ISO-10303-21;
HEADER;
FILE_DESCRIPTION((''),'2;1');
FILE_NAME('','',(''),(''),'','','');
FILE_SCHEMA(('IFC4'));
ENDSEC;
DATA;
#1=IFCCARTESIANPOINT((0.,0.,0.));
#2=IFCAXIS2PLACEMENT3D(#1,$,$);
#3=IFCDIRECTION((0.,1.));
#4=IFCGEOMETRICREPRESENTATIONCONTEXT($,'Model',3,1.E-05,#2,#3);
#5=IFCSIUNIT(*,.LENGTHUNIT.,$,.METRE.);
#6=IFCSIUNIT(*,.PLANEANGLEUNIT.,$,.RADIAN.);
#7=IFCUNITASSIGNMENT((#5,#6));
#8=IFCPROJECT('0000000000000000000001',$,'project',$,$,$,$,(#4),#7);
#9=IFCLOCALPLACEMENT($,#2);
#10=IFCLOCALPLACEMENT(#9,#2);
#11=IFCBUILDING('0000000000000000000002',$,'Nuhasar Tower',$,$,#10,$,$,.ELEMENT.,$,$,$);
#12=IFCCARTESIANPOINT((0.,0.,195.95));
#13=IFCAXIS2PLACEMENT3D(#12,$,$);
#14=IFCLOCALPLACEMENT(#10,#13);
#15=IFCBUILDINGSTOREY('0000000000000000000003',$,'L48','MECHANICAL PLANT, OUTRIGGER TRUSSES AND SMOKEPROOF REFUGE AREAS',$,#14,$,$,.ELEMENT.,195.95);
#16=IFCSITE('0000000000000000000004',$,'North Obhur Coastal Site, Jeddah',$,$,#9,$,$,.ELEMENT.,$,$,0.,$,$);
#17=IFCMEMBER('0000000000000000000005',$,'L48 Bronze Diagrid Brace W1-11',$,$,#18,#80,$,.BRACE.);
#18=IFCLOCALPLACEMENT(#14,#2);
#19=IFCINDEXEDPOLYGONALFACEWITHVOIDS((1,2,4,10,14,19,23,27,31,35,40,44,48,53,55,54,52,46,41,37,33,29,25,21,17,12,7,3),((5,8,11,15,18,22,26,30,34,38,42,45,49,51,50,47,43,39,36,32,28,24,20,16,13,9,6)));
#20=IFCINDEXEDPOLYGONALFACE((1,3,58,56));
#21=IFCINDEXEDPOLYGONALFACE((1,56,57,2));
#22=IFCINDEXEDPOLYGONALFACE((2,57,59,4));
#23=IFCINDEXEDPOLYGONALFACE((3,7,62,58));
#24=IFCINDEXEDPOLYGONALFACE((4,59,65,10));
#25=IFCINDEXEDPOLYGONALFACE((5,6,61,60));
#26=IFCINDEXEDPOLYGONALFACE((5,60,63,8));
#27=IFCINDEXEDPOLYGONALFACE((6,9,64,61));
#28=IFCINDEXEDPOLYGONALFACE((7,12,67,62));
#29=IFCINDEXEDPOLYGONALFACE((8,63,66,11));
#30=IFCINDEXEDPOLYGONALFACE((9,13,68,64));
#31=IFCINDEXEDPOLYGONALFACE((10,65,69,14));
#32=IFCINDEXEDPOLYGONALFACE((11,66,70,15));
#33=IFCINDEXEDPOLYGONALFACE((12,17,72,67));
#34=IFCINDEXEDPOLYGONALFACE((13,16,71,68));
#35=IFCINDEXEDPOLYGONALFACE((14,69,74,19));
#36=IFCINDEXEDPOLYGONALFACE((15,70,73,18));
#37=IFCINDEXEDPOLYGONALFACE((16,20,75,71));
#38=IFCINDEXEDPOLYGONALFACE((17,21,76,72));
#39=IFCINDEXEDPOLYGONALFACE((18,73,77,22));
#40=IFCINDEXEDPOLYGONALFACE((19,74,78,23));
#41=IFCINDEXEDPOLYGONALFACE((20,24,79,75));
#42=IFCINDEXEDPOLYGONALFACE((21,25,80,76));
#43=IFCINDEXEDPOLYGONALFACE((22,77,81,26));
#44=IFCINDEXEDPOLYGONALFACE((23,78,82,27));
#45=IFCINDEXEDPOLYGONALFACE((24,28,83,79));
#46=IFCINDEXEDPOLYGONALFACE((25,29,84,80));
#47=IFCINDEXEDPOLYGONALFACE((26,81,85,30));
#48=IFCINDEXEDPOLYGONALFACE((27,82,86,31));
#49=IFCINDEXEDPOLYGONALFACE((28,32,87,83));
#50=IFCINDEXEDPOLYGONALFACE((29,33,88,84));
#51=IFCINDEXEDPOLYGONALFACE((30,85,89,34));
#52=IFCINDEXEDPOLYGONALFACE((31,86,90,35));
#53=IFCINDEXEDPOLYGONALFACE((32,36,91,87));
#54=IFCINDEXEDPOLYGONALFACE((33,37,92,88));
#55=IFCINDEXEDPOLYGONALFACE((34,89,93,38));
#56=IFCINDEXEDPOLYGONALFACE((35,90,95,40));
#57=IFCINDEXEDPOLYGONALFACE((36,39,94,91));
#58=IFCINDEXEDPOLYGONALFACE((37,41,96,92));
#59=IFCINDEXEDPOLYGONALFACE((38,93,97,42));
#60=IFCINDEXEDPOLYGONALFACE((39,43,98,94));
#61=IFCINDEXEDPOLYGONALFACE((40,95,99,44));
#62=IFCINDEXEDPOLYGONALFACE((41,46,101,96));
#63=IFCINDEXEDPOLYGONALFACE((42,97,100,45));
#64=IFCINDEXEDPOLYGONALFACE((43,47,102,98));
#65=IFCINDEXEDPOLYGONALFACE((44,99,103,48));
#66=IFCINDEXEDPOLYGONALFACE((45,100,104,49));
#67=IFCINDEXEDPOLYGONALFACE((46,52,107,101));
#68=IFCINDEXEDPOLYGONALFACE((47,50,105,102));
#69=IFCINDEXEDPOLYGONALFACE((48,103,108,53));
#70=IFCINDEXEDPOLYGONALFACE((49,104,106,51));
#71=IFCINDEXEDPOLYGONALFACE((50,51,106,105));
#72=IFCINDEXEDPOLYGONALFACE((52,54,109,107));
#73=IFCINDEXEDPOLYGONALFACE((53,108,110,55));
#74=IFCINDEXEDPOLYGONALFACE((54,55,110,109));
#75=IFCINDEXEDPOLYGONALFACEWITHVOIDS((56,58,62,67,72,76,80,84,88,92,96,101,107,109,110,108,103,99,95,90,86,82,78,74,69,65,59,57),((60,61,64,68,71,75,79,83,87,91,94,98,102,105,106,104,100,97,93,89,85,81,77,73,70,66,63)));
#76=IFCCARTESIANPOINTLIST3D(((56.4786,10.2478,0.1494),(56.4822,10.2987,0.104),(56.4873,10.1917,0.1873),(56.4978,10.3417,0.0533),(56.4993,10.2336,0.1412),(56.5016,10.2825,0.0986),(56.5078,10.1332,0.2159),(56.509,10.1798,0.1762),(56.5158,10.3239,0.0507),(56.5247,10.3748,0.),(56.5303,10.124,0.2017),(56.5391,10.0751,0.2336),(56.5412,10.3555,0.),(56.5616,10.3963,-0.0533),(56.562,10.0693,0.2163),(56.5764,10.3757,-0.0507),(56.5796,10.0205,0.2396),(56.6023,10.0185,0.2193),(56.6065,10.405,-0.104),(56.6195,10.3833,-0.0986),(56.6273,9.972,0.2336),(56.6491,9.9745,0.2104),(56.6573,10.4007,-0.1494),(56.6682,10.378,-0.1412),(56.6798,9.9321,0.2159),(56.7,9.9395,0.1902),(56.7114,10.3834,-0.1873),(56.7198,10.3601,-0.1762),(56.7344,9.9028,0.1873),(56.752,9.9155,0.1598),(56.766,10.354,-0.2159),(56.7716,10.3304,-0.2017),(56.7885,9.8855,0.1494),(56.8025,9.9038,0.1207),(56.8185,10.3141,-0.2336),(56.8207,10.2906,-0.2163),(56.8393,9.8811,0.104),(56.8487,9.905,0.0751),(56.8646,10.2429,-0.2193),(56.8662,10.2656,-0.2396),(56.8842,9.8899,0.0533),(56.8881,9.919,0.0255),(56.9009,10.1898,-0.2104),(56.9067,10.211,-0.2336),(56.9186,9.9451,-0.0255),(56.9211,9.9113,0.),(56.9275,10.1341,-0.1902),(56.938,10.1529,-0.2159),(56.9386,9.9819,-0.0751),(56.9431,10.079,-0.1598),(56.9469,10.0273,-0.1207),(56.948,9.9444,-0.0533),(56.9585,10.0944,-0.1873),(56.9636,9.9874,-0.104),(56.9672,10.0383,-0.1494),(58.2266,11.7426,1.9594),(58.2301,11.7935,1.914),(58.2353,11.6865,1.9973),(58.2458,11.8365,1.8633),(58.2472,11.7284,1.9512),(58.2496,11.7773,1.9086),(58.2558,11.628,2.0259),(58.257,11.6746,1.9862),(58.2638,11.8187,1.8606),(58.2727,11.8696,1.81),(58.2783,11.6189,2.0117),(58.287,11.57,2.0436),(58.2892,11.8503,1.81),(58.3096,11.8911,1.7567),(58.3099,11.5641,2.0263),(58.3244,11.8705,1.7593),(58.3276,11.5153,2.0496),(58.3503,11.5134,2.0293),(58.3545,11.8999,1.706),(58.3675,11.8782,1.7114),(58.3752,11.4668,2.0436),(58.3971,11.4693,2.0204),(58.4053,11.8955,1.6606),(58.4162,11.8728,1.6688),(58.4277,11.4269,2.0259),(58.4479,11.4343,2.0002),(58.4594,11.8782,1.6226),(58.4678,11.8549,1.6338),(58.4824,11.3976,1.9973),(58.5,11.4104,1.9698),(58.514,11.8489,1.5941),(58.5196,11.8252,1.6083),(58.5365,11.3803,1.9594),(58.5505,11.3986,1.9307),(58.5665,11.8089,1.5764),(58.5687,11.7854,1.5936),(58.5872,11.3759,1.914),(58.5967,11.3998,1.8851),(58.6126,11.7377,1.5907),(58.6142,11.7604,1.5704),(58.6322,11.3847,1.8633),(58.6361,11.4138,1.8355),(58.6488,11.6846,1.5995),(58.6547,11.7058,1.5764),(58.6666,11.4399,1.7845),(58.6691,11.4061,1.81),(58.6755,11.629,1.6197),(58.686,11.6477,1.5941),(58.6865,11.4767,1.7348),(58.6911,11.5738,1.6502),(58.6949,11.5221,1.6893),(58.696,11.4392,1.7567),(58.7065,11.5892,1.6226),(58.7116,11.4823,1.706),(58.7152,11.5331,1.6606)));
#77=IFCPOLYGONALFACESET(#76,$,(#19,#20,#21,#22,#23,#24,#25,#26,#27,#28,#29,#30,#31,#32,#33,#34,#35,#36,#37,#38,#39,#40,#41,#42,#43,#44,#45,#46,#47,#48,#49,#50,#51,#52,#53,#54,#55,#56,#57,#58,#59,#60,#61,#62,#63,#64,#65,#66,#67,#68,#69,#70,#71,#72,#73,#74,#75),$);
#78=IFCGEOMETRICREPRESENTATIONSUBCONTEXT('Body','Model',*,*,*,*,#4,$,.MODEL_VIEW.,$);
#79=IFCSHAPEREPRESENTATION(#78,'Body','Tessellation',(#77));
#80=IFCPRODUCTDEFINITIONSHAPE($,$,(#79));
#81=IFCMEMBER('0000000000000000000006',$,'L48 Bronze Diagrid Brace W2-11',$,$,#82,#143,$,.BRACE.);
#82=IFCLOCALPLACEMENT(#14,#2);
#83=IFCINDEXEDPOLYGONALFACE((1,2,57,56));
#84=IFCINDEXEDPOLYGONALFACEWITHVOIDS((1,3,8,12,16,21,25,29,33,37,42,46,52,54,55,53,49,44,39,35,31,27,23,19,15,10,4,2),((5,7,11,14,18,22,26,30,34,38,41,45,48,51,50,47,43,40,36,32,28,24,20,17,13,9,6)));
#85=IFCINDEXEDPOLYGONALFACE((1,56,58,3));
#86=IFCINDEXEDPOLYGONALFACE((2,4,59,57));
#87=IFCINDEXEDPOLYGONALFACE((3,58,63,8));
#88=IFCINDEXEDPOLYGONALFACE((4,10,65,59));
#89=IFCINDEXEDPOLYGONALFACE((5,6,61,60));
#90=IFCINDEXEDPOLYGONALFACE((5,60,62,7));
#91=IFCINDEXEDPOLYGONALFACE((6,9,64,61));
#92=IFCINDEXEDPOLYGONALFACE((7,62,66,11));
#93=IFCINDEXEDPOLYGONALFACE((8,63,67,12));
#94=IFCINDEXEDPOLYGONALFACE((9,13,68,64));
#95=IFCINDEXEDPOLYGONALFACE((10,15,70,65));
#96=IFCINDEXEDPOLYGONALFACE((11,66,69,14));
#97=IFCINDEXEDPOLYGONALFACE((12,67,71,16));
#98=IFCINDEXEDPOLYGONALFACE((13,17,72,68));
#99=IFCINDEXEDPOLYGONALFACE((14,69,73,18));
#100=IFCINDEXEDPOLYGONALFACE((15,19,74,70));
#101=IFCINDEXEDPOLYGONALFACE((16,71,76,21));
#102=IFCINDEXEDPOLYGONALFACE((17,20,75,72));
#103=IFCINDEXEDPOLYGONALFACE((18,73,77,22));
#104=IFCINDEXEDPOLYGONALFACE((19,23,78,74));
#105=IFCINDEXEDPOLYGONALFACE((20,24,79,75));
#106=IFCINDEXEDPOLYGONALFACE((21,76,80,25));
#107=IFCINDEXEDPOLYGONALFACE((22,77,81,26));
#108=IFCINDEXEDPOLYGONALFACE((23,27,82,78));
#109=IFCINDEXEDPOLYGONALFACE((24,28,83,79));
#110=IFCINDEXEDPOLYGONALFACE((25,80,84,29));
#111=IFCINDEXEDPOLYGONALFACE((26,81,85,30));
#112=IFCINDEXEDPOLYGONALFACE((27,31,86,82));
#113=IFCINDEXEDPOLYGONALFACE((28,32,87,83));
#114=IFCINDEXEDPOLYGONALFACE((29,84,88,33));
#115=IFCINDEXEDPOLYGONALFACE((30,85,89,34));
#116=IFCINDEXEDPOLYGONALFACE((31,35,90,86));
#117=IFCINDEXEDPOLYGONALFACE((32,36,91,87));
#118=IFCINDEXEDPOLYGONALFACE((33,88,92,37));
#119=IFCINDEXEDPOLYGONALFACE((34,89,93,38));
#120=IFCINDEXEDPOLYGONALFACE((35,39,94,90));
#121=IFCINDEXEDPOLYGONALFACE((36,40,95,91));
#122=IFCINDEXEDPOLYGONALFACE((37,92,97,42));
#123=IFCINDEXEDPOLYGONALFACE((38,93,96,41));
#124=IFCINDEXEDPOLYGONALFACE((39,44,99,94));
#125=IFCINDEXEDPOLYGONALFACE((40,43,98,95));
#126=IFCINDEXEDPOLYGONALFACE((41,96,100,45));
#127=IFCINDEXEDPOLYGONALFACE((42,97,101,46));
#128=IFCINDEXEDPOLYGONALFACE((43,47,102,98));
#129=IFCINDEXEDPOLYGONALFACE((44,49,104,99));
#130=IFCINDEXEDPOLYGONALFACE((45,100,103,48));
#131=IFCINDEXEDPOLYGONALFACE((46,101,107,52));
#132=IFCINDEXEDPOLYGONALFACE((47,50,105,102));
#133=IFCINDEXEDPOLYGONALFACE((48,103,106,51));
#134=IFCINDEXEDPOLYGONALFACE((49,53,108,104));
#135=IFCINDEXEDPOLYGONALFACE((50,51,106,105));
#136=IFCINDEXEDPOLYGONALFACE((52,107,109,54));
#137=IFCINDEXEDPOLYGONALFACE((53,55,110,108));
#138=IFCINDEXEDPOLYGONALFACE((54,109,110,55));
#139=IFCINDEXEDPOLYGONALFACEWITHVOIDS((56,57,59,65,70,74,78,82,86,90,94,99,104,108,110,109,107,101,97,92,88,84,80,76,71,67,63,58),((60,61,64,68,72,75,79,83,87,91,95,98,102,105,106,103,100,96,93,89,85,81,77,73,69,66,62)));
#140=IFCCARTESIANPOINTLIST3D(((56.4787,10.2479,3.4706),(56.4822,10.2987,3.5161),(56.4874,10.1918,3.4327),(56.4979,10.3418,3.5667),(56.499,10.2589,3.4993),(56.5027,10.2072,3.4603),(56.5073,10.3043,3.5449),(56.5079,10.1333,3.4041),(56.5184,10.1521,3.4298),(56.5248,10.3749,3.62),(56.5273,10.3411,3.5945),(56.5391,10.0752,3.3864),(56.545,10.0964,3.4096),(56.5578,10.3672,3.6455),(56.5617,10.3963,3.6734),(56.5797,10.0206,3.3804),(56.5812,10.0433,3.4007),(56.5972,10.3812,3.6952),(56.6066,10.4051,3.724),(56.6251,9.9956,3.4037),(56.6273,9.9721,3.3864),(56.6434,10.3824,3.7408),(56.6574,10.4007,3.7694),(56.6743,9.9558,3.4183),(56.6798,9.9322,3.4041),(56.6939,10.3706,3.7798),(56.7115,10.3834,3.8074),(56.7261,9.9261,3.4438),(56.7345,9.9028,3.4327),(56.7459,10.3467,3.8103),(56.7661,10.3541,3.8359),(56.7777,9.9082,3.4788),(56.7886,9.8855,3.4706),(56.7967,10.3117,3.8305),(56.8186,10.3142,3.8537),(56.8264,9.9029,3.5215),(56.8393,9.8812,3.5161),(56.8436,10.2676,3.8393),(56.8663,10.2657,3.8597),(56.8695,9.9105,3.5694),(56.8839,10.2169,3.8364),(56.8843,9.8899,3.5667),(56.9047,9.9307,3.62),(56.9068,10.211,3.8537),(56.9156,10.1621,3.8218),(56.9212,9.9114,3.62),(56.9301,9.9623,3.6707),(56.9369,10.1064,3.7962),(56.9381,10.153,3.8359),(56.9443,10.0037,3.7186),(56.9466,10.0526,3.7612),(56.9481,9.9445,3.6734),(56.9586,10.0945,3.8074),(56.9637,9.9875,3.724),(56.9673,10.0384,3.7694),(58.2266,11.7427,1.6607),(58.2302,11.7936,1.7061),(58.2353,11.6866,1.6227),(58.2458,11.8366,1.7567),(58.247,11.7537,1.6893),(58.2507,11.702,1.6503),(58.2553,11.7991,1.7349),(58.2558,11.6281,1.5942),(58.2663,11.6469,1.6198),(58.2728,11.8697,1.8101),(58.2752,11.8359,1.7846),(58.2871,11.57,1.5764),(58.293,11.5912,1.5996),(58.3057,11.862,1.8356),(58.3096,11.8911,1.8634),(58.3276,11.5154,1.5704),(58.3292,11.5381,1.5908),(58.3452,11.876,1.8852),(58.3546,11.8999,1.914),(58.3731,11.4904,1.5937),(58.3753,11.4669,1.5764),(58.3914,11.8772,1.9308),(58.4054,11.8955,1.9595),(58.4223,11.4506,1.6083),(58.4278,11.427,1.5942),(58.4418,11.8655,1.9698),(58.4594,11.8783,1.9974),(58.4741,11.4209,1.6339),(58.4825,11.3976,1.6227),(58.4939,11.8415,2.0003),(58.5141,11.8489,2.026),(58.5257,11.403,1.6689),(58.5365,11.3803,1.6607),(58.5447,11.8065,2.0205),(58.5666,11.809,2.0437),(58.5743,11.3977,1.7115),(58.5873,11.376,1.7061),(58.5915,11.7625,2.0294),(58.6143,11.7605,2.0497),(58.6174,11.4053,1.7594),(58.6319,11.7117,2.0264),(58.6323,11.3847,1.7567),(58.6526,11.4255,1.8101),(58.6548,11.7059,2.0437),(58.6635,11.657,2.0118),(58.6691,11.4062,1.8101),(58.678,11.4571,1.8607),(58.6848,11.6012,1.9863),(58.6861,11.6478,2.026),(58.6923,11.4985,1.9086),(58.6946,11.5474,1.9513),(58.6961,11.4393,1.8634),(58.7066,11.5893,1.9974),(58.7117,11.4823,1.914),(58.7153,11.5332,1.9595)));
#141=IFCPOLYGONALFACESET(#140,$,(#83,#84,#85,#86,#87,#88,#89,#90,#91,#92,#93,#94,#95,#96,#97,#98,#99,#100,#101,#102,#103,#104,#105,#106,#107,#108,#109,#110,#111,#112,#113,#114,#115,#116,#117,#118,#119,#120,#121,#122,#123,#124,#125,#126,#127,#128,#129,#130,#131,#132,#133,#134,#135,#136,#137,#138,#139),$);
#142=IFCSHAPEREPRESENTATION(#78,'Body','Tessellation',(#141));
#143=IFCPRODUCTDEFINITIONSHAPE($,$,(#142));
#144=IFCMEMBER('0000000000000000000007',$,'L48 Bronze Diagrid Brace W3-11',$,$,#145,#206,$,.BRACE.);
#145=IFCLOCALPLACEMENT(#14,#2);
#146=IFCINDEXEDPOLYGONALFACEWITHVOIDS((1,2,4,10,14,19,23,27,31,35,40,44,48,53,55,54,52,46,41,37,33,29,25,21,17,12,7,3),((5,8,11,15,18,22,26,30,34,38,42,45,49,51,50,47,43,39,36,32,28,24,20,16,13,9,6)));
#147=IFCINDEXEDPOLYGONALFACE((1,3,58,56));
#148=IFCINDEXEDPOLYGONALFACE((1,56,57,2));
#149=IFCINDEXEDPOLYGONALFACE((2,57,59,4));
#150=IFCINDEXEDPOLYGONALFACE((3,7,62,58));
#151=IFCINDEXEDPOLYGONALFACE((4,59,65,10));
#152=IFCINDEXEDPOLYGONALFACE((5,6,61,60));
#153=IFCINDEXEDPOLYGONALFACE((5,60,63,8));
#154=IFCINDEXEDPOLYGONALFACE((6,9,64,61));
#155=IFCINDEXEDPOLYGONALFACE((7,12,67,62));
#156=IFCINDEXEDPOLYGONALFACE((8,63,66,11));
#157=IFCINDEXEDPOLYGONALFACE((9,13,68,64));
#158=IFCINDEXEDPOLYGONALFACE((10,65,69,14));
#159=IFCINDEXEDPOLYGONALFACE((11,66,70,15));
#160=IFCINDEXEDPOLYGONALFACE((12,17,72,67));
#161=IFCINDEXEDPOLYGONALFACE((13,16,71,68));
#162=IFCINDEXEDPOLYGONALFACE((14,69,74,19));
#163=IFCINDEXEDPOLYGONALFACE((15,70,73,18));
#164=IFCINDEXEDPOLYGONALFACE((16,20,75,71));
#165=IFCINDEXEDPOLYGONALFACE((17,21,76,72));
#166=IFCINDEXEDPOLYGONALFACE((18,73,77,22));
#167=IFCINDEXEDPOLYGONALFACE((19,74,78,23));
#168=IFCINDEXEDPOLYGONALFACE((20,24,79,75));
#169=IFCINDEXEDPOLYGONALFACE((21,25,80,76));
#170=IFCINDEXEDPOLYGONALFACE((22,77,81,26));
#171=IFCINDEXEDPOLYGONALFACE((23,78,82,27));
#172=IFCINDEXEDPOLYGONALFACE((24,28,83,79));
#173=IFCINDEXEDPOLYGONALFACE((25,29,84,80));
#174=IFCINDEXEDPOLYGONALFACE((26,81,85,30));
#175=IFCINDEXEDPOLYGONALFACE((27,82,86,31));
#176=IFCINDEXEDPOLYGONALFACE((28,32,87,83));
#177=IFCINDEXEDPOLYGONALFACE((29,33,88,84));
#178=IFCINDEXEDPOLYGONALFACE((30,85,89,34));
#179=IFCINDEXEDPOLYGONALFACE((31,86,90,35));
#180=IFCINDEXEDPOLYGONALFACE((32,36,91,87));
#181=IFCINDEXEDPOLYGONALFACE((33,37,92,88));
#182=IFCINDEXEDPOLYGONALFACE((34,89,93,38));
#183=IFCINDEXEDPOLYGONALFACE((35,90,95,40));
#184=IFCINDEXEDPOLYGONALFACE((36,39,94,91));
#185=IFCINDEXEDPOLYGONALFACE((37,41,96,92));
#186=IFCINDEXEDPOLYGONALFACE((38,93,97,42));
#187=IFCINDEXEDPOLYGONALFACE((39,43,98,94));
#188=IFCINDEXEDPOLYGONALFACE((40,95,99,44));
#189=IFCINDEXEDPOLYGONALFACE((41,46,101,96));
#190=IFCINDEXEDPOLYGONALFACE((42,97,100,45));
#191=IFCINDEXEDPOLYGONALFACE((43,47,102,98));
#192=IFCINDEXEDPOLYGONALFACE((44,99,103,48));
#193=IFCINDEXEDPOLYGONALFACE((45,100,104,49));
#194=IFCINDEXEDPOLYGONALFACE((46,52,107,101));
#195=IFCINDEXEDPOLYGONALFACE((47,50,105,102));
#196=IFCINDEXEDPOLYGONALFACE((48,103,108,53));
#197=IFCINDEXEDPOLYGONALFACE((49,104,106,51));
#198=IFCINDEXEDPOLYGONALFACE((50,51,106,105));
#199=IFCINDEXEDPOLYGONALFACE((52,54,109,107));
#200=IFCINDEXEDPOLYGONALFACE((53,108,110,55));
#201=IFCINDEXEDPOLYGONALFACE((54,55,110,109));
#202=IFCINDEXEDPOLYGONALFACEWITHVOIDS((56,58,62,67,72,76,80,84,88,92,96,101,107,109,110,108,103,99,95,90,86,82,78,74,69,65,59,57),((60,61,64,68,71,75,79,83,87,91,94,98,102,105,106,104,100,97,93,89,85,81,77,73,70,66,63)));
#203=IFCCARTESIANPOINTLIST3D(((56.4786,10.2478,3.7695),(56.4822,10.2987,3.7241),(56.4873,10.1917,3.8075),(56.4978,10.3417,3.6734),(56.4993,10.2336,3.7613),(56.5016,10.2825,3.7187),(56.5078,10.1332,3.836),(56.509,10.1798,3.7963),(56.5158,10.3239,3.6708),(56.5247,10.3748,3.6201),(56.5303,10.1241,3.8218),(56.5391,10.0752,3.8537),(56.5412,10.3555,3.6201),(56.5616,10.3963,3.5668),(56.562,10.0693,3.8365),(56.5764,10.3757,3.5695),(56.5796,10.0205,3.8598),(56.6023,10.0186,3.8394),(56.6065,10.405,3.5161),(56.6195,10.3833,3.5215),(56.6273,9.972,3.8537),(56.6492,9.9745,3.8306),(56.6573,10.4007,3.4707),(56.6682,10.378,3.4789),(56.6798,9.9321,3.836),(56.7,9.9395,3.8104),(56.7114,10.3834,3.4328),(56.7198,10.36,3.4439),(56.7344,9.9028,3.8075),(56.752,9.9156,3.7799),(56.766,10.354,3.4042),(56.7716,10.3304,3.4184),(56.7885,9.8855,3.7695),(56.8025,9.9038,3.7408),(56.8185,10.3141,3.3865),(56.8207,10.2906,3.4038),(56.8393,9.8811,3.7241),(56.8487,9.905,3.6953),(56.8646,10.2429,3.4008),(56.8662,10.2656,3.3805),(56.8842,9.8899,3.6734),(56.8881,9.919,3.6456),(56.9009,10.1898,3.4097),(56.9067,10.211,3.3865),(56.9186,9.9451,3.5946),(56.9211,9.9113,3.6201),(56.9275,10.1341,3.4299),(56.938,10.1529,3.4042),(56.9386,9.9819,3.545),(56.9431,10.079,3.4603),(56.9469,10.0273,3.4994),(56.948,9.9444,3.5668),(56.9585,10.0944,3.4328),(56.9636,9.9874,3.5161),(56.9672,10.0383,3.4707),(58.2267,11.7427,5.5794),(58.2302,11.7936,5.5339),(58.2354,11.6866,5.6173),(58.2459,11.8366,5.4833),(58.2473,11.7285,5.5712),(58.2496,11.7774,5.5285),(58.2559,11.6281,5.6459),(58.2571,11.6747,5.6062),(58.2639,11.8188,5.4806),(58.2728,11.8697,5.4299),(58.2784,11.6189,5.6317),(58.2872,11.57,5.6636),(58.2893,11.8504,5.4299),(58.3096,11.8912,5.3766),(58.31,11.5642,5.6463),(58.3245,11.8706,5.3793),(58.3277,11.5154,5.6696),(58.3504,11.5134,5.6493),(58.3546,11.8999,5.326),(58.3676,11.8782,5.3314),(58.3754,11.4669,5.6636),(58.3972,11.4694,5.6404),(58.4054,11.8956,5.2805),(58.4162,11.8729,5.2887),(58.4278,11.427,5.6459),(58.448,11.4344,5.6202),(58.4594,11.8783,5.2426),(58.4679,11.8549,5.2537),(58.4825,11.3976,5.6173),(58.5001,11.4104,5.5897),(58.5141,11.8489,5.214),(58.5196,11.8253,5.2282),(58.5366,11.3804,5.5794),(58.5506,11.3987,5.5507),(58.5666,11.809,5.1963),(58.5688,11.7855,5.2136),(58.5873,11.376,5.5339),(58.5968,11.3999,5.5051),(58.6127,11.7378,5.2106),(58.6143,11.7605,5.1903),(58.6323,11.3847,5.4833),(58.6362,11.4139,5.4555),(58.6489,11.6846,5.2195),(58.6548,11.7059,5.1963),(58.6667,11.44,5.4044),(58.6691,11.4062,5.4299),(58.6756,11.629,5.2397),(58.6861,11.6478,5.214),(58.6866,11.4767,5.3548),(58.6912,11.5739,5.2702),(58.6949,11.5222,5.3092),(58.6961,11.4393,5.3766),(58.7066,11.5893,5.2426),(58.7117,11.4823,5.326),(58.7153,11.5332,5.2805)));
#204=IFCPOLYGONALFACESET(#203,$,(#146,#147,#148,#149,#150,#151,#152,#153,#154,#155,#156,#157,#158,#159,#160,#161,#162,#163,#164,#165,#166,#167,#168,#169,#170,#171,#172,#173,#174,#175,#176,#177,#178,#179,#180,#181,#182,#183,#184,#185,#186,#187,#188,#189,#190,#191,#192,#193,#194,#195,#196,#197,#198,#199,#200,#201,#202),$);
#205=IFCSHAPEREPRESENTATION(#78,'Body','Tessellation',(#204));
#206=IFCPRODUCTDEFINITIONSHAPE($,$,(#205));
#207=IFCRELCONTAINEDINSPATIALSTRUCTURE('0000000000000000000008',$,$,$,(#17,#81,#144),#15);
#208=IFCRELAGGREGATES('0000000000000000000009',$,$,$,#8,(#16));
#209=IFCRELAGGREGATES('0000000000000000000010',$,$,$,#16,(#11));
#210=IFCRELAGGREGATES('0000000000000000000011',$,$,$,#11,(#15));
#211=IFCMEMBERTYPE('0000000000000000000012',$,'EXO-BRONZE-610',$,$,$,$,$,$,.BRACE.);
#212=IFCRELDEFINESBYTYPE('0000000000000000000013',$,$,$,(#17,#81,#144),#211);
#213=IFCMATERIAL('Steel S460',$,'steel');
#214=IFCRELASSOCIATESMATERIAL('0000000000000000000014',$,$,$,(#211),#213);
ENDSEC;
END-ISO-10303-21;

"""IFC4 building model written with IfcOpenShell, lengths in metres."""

from ifc_helpers import new_model, si_unit, direction, frame, origin, origin_2d, place, context, subcontext, project, spatial, hollow_circle, extrude, material, material_profile, profile_set, type_object, element, save


model = new_model("IFC4")

# Units and contexts
model_context = context("Model", 3, precision=1e-05, world=origin(), true_north=direction((0.0, 1.0)))
body_context = subcontext(model_context, "Body", "Model", "MODEL_VIEW")
ifc_project = project(units=[si_unit("LENGTHUNIT", "METRE"), si_unit("PLANEANGLEUNIT", "RADIAN")], contexts=[model_context])

# Site, building, storey
site_placement = place(None, origin())
site = spatial("IfcSite", under=ifc_project, at=site_placement, Name="North Obhur Coastal Site, Jeddah", CompositionType="ELEMENT", RefElevation=0.0)
building_placement = place(site_placement, origin())
building = spatial("IfcBuilding", under=site, at=building_placement, Name="Nuhasar Tower", CompositionType="ELEMENT")
storey_placement = place(building_placement, frame((0.0, 0.0, 195.95)))
storey = spatial("IfcBuildingStorey", under=building, at=storey_placement, Name="L48", Description="MECHANICAL PLANT, OUTRIGGER TRUSSES AND SMOKEPROOF REFUGE AREAS", CompositionType="ELEMENT", Elevation=195.95)

# Shared definitions
ifc_material_1 = material(Name="Steel S460", Category="steel")

# Members
ifc_material_profile_1 = material_profile(ifc_material_1, hollow_circle(Radius=0.3049, WallThickness=0.0254, at=origin_2d()), Name="HSS610X25.4")
ifc_profile_set_1 = profile_set([ifc_material_profile_1], Name="Steel S460")
member_type_1 = type_object("IfcMemberType", Name="EXO-BRONZE-610", PredefinedType="BRACE", material=ifc_profile_set_1)
for number, where, z_axis, x_axis, name in (
    (1, (56.7229, 10.1431, 0.0), (0.597239, 0.510739, 0.618426), (-0.649926, 0.759998, 0.0), "L48 Bronze Diagrid Brace W1-11"),
    (2, (58.4709, 11.6379, 1.8101), (-0.597239, -0.510739, 0.618426), (0.649926, -0.759998, 0.0), "L48 Bronze Diagrid Brace W2-11"),
    (3, (56.7229, 10.1431, 3.6201), (0.59727, 0.510766, 0.618374), (-0.649926, 0.759998, 0.0), "L48 Bronze Diagrid Brace W3-11"),
):
    element("IfcMember", number, at=place(storey_placement, frame(where, z_axis=z_axis, x_axis=x_axis)), inside=storey, type_object=member_type_1, Name=name, PredefinedType="BRACE", context=body_context, shape_type="SweptSolid", body=[
        extrude(hollow_circle(Radius=0.3049, WallThickness=0.0254, at=origin_2d()), origin(), (0.0, 0.0, 1.0), 2.9268),
    ])

save(model, "model.ifc")
